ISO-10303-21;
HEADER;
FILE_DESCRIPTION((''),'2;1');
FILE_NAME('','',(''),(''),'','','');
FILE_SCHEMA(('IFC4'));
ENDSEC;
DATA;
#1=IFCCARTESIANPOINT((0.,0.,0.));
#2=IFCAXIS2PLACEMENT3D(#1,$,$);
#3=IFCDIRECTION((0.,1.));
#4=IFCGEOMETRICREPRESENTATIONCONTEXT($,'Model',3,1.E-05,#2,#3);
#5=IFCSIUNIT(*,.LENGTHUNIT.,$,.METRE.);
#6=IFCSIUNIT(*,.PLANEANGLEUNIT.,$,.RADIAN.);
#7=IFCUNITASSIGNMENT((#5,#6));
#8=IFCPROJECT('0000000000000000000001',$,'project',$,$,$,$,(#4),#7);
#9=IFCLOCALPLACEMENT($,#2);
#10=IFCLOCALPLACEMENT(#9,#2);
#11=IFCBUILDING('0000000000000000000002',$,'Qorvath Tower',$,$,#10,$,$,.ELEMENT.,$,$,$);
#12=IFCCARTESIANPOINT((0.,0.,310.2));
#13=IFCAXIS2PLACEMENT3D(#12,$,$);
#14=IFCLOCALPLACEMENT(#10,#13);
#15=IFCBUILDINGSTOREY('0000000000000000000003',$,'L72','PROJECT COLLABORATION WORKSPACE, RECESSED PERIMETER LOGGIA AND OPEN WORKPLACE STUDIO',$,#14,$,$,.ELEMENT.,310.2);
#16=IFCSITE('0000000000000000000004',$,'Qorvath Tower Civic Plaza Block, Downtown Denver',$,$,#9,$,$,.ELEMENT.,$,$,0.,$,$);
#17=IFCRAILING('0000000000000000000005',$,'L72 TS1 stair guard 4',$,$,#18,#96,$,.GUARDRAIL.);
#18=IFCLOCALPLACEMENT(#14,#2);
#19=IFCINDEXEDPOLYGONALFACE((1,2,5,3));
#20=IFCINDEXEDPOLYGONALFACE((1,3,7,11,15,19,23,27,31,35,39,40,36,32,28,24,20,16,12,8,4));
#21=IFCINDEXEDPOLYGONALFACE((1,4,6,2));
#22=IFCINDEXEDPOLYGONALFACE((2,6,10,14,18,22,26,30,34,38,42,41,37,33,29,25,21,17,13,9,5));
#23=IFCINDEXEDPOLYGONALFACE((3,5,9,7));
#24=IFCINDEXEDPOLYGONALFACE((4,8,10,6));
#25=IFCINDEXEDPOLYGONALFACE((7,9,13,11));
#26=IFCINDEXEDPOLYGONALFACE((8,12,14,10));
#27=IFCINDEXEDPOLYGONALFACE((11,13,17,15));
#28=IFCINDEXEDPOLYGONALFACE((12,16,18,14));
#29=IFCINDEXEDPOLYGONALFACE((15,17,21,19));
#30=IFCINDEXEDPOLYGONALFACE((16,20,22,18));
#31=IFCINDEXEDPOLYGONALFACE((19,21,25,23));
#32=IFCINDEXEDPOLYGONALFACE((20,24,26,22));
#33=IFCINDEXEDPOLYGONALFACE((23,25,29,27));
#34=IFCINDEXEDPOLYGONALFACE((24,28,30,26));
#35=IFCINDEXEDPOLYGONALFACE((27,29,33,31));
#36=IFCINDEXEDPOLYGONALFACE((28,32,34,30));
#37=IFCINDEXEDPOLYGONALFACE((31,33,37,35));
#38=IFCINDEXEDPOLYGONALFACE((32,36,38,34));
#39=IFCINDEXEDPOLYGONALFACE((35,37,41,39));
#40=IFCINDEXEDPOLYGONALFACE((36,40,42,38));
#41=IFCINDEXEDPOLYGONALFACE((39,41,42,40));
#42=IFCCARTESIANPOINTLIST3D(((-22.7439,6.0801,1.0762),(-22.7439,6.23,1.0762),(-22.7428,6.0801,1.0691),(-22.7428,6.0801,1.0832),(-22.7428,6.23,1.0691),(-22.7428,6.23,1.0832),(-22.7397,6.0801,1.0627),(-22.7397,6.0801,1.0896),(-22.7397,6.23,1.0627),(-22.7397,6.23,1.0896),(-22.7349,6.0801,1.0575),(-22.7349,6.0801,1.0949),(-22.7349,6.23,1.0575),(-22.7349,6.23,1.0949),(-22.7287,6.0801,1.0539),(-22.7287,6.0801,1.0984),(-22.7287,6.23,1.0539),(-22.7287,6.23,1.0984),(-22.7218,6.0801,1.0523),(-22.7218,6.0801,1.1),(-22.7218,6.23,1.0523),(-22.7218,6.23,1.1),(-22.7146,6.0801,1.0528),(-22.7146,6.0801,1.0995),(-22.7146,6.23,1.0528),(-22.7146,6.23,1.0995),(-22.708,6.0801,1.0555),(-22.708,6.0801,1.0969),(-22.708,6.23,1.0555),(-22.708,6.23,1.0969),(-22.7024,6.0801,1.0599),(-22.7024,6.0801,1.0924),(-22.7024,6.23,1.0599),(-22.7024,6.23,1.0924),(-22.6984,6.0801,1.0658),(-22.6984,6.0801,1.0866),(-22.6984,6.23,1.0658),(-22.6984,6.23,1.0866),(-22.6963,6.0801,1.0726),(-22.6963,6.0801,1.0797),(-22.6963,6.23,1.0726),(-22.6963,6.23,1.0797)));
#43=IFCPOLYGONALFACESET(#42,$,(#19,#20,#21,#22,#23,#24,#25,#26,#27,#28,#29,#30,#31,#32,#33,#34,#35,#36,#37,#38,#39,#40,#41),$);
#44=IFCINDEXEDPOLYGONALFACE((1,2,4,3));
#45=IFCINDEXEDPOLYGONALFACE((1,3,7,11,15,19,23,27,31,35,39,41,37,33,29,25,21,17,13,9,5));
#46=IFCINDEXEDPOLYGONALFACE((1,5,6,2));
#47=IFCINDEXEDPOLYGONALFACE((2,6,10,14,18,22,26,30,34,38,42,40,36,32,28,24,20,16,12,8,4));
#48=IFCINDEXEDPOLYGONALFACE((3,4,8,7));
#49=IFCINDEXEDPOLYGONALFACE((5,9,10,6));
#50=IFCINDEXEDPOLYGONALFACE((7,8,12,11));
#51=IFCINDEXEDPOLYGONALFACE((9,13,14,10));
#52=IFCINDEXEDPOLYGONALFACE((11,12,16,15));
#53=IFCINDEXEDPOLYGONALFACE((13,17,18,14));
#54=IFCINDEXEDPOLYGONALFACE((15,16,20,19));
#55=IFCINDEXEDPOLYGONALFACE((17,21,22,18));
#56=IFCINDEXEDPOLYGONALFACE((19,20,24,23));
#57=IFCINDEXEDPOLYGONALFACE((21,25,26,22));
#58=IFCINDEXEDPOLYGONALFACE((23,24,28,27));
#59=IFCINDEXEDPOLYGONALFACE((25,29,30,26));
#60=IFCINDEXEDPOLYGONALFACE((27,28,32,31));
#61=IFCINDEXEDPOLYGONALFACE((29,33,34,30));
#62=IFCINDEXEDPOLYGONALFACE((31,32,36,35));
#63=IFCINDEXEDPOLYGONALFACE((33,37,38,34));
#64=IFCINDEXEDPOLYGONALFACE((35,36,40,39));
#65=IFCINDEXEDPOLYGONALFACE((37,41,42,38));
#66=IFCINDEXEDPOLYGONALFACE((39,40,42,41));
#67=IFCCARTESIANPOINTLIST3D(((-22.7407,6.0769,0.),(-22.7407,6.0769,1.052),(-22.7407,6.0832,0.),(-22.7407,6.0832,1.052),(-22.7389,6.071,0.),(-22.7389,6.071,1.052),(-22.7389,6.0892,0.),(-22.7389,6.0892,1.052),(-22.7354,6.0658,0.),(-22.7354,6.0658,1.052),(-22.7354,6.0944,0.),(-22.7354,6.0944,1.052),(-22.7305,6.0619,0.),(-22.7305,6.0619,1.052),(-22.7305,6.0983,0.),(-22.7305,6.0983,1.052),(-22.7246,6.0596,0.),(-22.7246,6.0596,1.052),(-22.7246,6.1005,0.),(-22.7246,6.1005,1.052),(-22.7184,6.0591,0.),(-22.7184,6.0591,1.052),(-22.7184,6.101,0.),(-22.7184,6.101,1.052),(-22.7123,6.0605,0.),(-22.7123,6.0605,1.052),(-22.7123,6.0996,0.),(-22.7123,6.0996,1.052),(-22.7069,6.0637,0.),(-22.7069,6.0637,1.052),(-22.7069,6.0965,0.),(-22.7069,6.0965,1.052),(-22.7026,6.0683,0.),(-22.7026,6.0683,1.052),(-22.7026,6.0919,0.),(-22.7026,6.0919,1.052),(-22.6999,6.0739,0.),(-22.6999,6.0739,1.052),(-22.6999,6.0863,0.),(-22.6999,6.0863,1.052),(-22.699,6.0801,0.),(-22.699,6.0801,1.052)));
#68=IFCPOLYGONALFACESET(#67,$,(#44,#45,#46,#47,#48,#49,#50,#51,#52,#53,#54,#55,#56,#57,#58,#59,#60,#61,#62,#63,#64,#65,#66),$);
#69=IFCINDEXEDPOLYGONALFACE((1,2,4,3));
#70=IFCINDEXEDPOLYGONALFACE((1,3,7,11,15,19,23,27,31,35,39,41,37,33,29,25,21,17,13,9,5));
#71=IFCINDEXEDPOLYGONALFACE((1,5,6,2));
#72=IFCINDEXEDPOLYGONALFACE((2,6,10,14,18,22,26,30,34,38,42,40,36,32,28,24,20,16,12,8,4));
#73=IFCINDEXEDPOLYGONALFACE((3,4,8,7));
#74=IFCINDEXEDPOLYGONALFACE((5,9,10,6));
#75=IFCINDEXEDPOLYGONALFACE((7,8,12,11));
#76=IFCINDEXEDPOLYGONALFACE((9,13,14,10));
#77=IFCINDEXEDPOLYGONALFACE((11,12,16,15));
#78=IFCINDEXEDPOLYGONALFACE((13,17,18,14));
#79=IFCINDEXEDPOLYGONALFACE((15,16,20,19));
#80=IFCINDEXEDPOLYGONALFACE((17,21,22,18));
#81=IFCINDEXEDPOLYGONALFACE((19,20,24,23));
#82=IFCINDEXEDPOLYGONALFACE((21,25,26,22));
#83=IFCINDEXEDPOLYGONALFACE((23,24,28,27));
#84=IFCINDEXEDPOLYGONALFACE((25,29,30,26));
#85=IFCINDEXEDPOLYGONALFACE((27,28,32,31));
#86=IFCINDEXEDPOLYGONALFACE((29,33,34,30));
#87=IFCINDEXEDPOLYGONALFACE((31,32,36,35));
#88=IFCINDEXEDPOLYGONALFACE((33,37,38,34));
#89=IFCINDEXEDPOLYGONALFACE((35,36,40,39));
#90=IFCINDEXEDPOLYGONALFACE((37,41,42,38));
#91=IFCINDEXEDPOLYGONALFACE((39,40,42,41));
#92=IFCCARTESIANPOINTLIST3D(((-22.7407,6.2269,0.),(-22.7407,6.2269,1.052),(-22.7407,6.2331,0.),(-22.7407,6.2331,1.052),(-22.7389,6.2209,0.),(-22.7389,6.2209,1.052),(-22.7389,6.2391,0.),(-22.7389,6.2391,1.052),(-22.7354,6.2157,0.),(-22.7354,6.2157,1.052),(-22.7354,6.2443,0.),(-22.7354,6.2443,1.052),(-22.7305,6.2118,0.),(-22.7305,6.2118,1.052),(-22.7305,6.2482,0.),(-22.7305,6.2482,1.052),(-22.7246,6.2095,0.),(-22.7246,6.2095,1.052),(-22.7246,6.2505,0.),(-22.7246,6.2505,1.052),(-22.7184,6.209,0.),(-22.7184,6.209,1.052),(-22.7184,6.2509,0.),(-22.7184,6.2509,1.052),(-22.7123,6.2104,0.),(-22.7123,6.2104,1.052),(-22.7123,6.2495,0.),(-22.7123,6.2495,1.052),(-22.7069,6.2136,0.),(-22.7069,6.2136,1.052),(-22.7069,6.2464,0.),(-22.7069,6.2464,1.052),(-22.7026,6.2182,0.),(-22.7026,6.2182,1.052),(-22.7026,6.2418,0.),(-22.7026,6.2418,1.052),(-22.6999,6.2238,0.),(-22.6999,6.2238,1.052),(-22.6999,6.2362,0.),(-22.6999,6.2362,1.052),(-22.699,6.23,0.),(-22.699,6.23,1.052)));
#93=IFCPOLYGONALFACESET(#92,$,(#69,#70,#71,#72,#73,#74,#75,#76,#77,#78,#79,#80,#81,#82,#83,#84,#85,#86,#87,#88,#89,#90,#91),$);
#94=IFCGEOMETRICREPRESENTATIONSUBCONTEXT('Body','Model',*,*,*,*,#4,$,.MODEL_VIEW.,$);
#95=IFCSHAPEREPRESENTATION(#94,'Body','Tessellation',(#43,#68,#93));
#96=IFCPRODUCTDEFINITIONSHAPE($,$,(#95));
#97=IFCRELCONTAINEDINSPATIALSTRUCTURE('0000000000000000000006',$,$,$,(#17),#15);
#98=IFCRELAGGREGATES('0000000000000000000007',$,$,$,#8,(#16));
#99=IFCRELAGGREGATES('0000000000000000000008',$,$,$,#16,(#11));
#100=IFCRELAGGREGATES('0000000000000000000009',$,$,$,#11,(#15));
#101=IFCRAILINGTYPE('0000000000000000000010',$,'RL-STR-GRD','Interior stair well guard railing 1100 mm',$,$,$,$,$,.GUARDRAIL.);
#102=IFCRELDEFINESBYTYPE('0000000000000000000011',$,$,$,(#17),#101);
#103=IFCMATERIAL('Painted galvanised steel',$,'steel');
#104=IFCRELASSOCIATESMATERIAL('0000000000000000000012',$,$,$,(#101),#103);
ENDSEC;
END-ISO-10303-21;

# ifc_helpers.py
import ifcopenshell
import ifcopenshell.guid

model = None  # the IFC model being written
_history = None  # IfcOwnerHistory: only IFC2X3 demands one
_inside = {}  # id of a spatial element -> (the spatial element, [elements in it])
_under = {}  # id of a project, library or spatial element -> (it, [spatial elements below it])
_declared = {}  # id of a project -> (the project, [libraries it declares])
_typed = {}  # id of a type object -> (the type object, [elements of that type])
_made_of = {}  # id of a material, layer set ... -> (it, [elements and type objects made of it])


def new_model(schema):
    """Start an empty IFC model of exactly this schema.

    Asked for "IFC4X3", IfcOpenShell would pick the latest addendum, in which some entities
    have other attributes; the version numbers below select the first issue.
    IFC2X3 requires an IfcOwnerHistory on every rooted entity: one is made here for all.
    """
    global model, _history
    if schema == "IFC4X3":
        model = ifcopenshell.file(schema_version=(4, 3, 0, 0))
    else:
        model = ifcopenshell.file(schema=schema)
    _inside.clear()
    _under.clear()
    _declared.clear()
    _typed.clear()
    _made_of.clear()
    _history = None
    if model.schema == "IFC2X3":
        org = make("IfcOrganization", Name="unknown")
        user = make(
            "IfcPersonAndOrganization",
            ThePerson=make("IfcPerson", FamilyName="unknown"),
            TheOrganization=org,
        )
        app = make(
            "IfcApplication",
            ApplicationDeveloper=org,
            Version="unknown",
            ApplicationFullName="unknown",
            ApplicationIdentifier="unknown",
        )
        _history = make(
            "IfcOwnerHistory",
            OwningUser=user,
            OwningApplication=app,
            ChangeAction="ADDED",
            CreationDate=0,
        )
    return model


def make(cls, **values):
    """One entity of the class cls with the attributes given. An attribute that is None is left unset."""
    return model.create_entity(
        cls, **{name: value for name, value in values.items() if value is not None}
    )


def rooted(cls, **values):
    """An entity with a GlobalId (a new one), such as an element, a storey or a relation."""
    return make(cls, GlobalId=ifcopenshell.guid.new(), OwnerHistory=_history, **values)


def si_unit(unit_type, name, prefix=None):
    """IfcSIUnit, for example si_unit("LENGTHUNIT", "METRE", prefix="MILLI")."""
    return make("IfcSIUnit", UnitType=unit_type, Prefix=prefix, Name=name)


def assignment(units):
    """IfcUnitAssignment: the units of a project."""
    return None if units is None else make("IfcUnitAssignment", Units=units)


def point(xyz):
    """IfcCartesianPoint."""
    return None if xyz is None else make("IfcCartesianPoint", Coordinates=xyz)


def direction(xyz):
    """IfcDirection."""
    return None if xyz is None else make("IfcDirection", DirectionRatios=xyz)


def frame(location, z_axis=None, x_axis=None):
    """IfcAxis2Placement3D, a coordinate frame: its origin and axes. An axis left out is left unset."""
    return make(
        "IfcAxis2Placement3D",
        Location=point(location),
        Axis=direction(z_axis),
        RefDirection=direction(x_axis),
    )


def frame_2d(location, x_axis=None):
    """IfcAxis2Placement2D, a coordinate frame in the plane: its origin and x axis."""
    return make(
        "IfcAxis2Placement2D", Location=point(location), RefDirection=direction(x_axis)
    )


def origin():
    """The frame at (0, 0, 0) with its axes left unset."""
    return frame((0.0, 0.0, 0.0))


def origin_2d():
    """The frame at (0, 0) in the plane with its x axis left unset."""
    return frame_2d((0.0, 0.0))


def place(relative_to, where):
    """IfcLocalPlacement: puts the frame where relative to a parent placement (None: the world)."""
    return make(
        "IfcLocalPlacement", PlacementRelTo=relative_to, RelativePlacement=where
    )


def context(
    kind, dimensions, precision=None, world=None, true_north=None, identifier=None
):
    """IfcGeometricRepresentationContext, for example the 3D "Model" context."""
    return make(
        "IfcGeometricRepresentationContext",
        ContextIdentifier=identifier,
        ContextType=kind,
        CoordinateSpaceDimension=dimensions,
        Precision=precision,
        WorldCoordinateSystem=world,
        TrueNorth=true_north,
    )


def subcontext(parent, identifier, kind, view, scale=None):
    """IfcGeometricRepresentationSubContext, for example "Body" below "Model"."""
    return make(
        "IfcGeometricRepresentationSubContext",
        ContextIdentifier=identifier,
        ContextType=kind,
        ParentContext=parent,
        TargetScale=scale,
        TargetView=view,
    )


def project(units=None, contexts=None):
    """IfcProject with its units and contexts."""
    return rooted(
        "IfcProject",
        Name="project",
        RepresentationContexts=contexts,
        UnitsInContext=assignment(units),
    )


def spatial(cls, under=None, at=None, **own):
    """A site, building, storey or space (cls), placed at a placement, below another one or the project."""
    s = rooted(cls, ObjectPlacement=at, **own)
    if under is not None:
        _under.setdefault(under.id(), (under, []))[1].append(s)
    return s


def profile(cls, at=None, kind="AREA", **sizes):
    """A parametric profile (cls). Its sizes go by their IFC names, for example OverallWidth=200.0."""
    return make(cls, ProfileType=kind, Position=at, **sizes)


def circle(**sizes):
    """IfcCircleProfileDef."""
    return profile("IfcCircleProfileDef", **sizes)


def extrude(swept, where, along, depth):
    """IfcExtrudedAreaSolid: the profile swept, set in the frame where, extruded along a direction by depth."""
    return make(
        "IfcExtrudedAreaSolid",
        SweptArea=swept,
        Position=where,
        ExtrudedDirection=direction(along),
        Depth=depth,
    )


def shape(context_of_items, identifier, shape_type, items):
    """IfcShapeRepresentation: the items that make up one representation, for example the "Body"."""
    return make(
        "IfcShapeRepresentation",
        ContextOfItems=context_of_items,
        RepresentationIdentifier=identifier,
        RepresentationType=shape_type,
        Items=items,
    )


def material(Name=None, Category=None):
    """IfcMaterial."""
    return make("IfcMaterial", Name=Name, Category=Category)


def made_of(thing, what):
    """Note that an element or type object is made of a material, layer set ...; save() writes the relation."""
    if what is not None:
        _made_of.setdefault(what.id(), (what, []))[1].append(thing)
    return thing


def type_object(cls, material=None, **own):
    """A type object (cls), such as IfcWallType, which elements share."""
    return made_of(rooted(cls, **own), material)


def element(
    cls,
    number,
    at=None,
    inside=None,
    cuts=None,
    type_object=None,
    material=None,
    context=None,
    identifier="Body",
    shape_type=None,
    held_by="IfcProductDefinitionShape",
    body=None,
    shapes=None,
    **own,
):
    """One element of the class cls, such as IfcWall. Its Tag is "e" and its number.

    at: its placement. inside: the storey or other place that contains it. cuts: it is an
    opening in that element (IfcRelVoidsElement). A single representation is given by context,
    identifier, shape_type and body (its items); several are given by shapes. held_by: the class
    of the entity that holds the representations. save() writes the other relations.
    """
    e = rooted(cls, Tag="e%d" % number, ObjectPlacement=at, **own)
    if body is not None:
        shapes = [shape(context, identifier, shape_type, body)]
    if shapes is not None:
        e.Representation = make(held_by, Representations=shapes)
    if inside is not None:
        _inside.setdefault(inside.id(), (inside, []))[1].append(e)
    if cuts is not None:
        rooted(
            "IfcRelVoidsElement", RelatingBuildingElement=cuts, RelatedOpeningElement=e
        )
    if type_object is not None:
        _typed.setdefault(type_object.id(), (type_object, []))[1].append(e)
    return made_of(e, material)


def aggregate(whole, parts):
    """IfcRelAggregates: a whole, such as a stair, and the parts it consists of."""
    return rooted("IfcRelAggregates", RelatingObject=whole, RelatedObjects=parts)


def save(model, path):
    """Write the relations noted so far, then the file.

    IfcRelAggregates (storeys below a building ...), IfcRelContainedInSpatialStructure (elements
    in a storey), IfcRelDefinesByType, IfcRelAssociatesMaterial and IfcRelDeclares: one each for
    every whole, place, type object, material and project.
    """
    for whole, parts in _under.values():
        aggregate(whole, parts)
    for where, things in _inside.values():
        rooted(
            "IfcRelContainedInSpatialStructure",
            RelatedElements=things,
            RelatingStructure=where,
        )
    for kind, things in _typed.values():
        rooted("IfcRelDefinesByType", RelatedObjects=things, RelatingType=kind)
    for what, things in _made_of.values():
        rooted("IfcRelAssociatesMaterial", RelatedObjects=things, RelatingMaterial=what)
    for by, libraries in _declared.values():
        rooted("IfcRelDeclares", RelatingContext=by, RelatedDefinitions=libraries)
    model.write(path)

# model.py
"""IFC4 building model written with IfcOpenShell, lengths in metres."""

from ifc_helpers import new_model, si_unit, direction, frame, origin, origin_2d, place, context, subcontext, project, spatial, circle, extrude, material, type_object, element, save


model = new_model("IFC4")

# Units and contexts
model_context = context("Model", 3, precision=1e-05, world=origin(), true_north=direction((0.0, 1.0)))
body_context = subcontext(model_context, "Body", "Model", "MODEL_VIEW")
ifc_project = project(units=[si_unit("LENGTHUNIT", "METRE"), si_unit("PLANEANGLEUNIT", "RADIAN")], contexts=[model_context])

# Site, building, storey
site_placement = place(None, origin())
site = spatial("IfcSite", under=ifc_project, at=site_placement, Name="Qorvath Tower Civic Plaza Block, Downtown Denver", CompositionType="ELEMENT", RefElevation=0.0)
building_placement = place(site_placement, origin())
building = spatial("IfcBuilding", under=site, at=building_placement, Name="Qorvath Tower", CompositionType="ELEMENT")
storey_placement = place(building_placement, frame((0.0, 0.0, 310.2)))
storey = spatial("IfcBuildingStorey", under=building, at=storey_placement, Name="L72", Description="PROJECT COLLABORATION WORKSPACE, RECESSED PERIMETER LOGGIA AND OPEN WORKPLACE STUDIO", CompositionType="ELEMENT", Elevation=310.2)

# Railing
ifc_material_1 = material(Name="Painted galvanised steel", Category="steel")
railing_type_1 = type_object("IfcRailingType", Name="RL-STR-GRD", Description="Interior stair well guard railing 1100 mm", PredefinedType="GUARDRAIL", material=ifc_material_1)
railing_1_placement = place(storey_placement, frame((-22.72, 6.0801, 0.0)))
element("IfcRailing", 1, at=railing_1_placement, inside=storey, type_object=railing_type_1, Name="L72 TS1 stair guard 4", PredefinedType="GUARDRAIL", context=body_context, shape_type="SweptSolid", body=[
    extrude(circle(Radius=0.0239, at=origin_2d()), frame((0.0, 0.0, 1.0762), z_axis=(0.0, 1.0, 0.0), x_axis=(-1.0, 0.0, 0.0)), (0.0, 0.0, 1.0), 0.1499),
    extrude(circle(Radius=0.021, at=origin_2d()), origin(), (0.0, 0.0, 1.0), 1.052),
    extrude(circle(Radius=0.021, at=origin_2d()), frame((0.0, 0.1499, 0.0)), (0.0, 0.0, 1.0), 1.052),
])

save(model, "model.ifc")
